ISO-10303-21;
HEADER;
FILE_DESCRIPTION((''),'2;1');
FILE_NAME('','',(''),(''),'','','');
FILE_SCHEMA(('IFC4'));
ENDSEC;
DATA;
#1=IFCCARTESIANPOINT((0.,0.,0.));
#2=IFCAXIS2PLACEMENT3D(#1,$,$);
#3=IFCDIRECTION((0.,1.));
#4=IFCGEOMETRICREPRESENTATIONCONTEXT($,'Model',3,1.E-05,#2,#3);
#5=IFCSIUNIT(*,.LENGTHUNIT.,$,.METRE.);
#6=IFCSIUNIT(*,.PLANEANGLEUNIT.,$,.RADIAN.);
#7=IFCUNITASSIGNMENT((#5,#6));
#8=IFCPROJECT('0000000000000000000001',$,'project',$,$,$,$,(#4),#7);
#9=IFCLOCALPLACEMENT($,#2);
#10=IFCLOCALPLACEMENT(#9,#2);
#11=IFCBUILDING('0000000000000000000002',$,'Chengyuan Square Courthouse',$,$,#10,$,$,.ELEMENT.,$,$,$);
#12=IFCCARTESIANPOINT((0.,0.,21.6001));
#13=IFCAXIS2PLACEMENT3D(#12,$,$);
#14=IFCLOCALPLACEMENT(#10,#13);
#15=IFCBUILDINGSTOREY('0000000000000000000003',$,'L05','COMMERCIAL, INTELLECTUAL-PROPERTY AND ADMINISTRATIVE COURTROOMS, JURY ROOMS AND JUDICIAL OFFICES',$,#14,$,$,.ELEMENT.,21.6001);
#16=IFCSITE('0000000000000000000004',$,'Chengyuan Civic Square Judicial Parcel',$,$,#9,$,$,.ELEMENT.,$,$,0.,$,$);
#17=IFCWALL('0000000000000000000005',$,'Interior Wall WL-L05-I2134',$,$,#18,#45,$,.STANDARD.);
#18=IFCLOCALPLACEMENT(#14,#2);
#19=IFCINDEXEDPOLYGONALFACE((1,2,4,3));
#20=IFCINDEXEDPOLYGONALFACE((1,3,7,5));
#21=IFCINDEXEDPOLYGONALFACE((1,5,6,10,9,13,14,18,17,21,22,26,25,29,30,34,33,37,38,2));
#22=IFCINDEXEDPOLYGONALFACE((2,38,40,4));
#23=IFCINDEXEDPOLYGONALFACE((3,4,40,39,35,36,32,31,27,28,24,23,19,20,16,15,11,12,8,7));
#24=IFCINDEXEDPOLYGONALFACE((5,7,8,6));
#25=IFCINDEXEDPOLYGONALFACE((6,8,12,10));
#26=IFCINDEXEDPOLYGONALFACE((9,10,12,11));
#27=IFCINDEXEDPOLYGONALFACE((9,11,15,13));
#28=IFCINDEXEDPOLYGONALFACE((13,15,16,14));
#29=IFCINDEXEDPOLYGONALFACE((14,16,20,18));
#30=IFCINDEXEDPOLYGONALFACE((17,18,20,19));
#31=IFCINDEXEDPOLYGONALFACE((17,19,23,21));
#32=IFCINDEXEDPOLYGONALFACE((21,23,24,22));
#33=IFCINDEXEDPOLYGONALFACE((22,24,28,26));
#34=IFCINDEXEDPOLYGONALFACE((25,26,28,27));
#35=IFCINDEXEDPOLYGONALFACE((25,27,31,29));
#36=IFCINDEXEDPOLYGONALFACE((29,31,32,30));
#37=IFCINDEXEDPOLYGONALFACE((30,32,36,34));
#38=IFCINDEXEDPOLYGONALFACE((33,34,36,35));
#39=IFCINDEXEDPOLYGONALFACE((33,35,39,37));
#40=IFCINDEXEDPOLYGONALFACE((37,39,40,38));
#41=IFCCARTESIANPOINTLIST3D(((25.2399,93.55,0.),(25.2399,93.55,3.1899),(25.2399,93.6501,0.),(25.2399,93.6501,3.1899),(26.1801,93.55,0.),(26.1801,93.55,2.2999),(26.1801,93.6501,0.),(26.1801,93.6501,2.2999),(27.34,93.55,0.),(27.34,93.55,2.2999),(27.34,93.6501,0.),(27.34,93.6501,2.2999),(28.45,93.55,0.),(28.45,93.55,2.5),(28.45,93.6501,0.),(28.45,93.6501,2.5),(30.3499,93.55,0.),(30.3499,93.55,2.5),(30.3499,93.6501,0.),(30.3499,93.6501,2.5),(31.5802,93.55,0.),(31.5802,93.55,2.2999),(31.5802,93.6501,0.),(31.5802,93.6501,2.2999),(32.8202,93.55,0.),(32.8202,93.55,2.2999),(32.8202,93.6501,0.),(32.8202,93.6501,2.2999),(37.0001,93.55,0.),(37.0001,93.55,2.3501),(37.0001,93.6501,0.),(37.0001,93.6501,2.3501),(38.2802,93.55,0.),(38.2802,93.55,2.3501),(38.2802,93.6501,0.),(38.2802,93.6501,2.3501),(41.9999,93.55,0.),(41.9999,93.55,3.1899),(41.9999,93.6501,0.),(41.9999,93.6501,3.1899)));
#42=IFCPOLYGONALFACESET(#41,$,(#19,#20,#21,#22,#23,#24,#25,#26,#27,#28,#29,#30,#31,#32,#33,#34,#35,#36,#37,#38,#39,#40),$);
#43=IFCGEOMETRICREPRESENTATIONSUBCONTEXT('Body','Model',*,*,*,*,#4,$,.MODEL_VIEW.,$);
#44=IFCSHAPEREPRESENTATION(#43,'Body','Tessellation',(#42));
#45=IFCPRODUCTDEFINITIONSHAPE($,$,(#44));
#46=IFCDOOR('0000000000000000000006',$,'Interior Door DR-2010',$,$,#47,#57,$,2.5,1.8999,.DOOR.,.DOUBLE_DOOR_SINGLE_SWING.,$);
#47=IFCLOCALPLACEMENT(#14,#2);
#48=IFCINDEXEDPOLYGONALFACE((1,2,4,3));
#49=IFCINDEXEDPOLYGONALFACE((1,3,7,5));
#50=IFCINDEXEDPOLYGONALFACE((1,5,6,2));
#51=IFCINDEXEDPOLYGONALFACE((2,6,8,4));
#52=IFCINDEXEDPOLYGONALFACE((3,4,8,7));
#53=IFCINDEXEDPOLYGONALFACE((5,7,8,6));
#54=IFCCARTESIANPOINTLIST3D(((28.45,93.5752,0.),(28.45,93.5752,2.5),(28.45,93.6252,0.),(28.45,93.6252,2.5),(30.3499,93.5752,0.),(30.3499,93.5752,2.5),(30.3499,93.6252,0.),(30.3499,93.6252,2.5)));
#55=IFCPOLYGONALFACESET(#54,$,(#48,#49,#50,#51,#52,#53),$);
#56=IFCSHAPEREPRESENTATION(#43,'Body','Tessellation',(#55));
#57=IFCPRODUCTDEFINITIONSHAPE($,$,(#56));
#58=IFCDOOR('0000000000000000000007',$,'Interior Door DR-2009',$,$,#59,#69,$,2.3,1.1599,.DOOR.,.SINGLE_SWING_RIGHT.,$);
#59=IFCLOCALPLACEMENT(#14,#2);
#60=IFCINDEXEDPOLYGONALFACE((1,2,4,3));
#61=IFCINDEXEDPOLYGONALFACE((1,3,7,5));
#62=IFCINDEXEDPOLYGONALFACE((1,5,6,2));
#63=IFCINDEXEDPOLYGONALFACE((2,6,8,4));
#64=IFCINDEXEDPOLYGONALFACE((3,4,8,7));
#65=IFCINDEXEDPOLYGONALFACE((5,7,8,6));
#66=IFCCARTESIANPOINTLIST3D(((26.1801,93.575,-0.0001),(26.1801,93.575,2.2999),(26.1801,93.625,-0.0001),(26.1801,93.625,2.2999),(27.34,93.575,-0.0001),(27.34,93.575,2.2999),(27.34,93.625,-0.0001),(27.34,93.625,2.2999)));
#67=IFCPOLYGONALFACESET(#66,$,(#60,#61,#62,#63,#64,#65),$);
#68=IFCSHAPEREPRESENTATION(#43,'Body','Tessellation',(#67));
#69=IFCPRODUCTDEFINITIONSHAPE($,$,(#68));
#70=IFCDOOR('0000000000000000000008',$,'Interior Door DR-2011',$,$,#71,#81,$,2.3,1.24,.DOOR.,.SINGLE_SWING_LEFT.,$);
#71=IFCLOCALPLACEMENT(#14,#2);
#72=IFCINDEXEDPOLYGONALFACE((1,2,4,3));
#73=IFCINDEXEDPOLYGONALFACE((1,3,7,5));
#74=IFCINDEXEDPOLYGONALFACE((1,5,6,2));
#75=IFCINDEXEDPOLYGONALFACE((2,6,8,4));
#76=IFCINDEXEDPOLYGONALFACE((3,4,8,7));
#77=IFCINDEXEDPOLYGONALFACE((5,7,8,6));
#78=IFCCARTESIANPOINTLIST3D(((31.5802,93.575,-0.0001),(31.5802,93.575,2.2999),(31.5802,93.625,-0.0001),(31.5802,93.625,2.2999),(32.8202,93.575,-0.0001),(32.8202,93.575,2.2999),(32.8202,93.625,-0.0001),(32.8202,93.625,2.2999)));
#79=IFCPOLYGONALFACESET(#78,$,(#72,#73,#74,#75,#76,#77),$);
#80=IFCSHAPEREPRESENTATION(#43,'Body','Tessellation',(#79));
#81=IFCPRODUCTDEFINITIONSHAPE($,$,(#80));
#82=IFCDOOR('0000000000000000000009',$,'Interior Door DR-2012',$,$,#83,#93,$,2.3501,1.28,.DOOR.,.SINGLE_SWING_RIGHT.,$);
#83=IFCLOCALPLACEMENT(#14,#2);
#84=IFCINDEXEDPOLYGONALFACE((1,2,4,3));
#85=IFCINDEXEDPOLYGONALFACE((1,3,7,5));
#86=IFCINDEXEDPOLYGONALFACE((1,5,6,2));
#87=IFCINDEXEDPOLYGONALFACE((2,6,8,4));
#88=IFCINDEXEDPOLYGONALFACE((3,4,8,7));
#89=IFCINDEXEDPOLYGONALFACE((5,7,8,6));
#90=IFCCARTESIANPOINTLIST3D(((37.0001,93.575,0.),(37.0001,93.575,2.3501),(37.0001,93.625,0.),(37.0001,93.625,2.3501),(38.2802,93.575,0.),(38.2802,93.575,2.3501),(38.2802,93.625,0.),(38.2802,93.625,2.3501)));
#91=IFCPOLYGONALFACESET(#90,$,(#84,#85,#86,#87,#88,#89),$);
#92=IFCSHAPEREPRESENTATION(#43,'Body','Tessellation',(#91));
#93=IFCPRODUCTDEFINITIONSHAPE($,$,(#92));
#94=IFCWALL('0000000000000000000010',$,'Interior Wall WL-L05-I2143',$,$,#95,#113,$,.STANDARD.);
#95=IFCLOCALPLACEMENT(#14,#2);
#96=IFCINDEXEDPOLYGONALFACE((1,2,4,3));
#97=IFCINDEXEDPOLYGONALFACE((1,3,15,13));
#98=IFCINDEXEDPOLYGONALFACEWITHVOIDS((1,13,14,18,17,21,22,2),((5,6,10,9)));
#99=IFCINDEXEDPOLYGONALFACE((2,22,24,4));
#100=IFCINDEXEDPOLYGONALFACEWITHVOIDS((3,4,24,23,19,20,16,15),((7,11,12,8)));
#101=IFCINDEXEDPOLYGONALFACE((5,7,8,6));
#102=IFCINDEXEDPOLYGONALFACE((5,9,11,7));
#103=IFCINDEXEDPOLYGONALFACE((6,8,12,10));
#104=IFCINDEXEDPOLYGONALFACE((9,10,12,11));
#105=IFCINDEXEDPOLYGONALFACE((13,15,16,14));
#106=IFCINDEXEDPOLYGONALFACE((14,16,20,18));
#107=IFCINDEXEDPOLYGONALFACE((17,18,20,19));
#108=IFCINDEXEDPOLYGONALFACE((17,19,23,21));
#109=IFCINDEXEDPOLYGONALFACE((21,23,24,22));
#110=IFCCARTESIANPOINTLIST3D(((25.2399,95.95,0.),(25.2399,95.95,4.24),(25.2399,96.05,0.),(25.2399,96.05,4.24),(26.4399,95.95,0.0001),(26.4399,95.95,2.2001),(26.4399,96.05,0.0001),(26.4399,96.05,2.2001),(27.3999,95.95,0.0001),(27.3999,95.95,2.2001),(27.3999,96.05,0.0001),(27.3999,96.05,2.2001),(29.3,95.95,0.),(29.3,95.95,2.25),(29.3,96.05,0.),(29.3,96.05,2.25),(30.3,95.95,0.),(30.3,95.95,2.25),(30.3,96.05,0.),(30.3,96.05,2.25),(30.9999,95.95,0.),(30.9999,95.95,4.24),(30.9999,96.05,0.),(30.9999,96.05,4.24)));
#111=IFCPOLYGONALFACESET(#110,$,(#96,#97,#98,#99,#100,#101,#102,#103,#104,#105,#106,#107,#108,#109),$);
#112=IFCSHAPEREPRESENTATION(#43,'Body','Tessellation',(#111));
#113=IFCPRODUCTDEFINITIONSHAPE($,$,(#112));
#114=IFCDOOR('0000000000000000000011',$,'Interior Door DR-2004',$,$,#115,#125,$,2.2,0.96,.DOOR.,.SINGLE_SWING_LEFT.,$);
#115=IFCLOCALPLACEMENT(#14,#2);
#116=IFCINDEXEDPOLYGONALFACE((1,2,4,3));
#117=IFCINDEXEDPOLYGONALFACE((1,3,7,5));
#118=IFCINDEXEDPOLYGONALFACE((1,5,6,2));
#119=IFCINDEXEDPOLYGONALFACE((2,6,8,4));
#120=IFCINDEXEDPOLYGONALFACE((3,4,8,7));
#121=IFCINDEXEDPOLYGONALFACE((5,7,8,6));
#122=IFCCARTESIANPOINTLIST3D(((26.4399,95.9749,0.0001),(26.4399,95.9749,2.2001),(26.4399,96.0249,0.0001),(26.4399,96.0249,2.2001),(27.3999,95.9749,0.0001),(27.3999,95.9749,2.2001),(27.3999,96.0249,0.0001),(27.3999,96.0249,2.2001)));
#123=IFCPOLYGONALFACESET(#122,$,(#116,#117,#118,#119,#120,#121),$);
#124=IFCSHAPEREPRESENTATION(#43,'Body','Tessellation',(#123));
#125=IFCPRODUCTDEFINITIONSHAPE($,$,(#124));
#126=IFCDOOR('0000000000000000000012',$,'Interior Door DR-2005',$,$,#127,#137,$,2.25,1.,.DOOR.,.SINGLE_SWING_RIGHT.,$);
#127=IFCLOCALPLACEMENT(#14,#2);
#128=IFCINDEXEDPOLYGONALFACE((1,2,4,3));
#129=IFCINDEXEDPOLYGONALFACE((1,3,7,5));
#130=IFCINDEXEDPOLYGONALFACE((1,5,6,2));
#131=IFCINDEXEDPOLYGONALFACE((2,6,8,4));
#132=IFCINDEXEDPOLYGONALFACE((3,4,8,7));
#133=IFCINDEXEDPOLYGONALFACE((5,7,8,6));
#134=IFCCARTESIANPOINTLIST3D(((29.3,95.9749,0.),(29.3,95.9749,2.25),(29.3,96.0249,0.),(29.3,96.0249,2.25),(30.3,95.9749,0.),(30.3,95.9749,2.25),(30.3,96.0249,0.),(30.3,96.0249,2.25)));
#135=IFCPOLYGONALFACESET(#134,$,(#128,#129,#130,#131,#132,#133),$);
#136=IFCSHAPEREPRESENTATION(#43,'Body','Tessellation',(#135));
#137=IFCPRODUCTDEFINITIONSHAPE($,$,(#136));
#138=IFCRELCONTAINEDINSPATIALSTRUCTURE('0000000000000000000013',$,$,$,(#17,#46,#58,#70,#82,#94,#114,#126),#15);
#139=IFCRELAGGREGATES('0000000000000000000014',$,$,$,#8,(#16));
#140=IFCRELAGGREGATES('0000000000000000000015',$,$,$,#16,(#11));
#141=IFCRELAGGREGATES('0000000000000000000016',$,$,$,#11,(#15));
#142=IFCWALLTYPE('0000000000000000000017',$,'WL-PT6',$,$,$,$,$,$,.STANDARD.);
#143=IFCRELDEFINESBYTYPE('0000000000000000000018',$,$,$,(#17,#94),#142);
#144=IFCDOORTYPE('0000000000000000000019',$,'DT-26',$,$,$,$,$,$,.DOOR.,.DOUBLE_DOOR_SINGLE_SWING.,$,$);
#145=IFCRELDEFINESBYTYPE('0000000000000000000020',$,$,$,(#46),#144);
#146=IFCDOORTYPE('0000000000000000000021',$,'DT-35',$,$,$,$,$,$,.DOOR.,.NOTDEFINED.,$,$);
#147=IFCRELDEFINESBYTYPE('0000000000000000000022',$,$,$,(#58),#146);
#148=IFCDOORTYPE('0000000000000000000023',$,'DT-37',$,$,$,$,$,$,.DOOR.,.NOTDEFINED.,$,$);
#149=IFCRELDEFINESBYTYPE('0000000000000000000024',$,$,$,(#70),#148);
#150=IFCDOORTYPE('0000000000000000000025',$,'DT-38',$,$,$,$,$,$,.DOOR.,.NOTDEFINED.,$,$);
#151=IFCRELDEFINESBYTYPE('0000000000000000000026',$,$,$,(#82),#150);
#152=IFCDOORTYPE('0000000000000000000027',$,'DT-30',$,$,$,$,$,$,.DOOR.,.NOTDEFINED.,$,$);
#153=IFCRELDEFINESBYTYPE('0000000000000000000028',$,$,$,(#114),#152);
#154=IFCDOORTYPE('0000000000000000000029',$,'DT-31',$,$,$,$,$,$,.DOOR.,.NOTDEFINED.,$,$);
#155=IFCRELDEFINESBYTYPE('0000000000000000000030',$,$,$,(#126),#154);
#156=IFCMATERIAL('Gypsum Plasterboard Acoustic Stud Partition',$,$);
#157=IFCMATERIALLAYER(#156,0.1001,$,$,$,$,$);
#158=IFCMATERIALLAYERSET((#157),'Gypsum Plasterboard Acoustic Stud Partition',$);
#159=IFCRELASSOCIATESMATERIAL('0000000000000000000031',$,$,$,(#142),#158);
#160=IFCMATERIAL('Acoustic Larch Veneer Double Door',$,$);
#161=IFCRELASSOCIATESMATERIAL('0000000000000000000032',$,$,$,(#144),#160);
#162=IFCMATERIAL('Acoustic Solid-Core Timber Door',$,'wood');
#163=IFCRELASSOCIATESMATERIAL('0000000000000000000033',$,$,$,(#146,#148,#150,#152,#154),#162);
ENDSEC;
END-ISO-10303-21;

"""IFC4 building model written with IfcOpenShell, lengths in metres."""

from ifc_helpers import new_model, si_unit, direction, frame, frame_2d, origin, place, context, subcontext, project, spatial, rectangle, extrude, material, layer, layer_set, type_object, element, fill, save


model = new_model("IFC4")

# Units and contexts
model_context = context("Model", 3, precision=1e-05, world=origin(), true_north=direction((0.0, 1.0)))
body_context = subcontext(model_context, "Body", "Model", "MODEL_VIEW")
ifc_project = project(units=[si_unit("LENGTHUNIT", "METRE"), si_unit("PLANEANGLEUNIT", "RADIAN")], contexts=[model_context])

# Site, building, storey
site_placement = place(None, origin())
site = spatial("IfcSite", under=ifc_project, at=site_placement, Name="Chengyuan Civic Square Judicial Parcel", CompositionType="ELEMENT", RefElevation=0.0)
building_placement = place(site_placement, origin())
building = spatial("IfcBuilding", under=site, at=building_placement, Name="Chengyuan Square Courthouse", CompositionType="ELEMENT")
storey_placement = place(building_placement, frame((0.0, 0.0, 21.6001)))
storey = spatial("IfcBuildingStorey", under=building, at=storey_placement, Name="L05", Description="COMMERCIAL, INTELLECTUAL-PROPERTY AND ADMINISTRATIVE COURTROOMS, JURY ROOMS AND JUDICIAL OFFICES", CompositionType="ELEMENT", Elevation=21.6001)

# Walls, openings, doors
ifc_material_1 = material(Name="Gypsum Plasterboard Acoustic Stud Partition")
ifc_layer_1 = layer(ifc_material_1, 0.1001)
ifc_layer_set_1 = layer_set([ifc_layer_1], Name="Gypsum Plasterboard Acoustic Stud Partition")
wall_type_1 = type_object("IfcWallType", Name="WL-PT6", PredefinedType="STANDARD", material=ifc_layer_set_1)
wall_1_placement = place(storey_placement, frame((25.24, 93.6001, 0.0), z_axis=(0.0, 0.0, 1.0), x_axis=(1.0, 0.0, 0.0)))
wall_1 = element("IfcWall", 1, at=wall_1_placement, inside=storey, type_object=wall_type_1, Name="Interior Wall WL-L05-I2134", PredefinedType="STANDARD", context=body_context, shape_type="SweptSolid", body=[
    extrude(rectangle(XDim=16.76, YDim=0.1001, at=frame_2d((8.3799, 0.0))), origin(), (0.0, 0.0, 1.0), 3.1899),
])
opening_1_placement = place(wall_1_placement, frame((0.9399, 0.0, 0.0)))
opening_1 = element("IfcOpeningElement", 2, at=opening_1_placement, cuts=wall_1, PredefinedType="OPENING", context=body_context, shape_type="SweptSolid", body=[
    extrude(rectangle(XDim=1.1599, YDim=2.3, at=frame_2d((0.5801, 1.1499))), frame((0.0, 0.062, 0.0), z_axis=(0.0, -1.0, 0.0), x_axis=(1.0, 0.0, 0.0)), (0.0, 0.0, 1.0), 0.124),
])
opening_2_placement = place(wall_1_placement, frame((3.21, 0.0, 0.0)))
opening_2 = element("IfcOpeningElement", 3, at=opening_2_placement, cuts=wall_1, PredefinedType="OPENING", context=body_context, shape_type="SweptSolid", body=[
    extrude(rectangle(XDim=1.8999, YDim=2.5, at=frame_2d((0.95, 1.25))), frame((0.0, 0.062, 0.0), z_axis=(0.0, -1.0, 0.0), x_axis=(1.0, 0.0, 0.0)), (0.0, 0.0, 1.0), 0.124),
])
opening_3_placement = place(wall_1_placement, frame((6.3401, 0.0, 0.0)))
opening_3 = element("IfcOpeningElement", 4, at=opening_3_placement, cuts=wall_1, PredefinedType="OPENING", context=body_context, shape_type="SweptSolid", body=[
    extrude(rectangle(XDim=1.24, YDim=2.3, at=frame_2d((0.6201, 1.1499))), frame((0.0, 0.062, 0.0), z_axis=(0.0, -1.0, 0.0), x_axis=(1.0, 0.0, 0.0)), (0.0, 0.0, 1.0), 0.124),
])
opening_4_placement = place(wall_1_placement, frame((11.76, 0.0, 0.0)))
opening_4 = element("IfcOpeningElement", 5, at=opening_4_placement, cuts=wall_1, PredefinedType="OPENING", context=body_context, shape_type="SweptSolid", body=[
    extrude(rectangle(XDim=1.28, YDim=2.3501, at=frame_2d((0.6401, 1.175))), frame((0.0, 0.062, 0.0), z_axis=(0.0, -1.0, 0.0), x_axis=(1.0, 0.0, 0.0)), (0.0, 0.0, 1.0), 0.124),
])
ifc_material_2 = material(Name="Acoustic Larch Veneer Double Door")
door_type_1 = type_object("IfcDoorType", Name="DT-26", OperationType="DOUBLE_DOOR_SINGLE_SWING", PredefinedType="DOOR", material=ifc_material_2)
door_1_placement = place(opening_2_placement, frame((1.8999, 0.0, 0.0), z_axis=(0.0, 0.0, 1.0), x_axis=(-1.0, 0.0, 0.0)))
door_1 = element("IfcDoor", 6, at=door_1_placement, inside=storey, type_object=door_type_1, Name="Interior Door DR-2010", OperationType="DOUBLE_DOOR_SINGLE_SWING", OverallHeight=2.5, OverallWidth=1.8999, PredefinedType="DOOR", context=body_context, shape_type="SweptSolid", body=[
    extrude(rectangle(XDim=1.8999, YDim=2.5, at=frame_2d((0.95, 1.25))), frame((0.0, 0.0249, 0.0), z_axis=(0.0, -1.0, 0.0), x_axis=(1.0, 0.0, 0.0)), (0.0, 0.0, 1.0), 0.05),
])
fill(opening_2, door_1)
ifc_material_3 = material(Name="Acoustic Solid-Core Timber Door", Category="wood")
door_type_2 = type_object("IfcDoorType", Name="DT-35", OperationType="NOTDEFINED", PredefinedType="DOOR", material=ifc_material_3)
door_2_placement = place(opening_1_placement, origin())
door_2 = element("IfcDoor", 7, at=door_2_placement, inside=storey, type_object=door_type_2, Name="Interior Door DR-2009", OperationType="SINGLE_SWING_RIGHT", OverallHeight=2.3, OverallWidth=1.1599, PredefinedType="DOOR", context=body_context, shape_type="SweptSolid", body=[
    extrude(rectangle(XDim=1.1599, YDim=2.3, at=frame_2d((0.5801, 1.1499))), frame((0.0, 0.0249, 0.0), z_axis=(0.0, -1.0, 0.0), x_axis=(1.0, 0.0, 0.0)), (0.0, 0.0, 1.0), 0.05),
])
fill(opening_1, door_2)
door_type_3 = type_object("IfcDoorType", Name="DT-37", OperationType="NOTDEFINED", PredefinedType="DOOR", material=ifc_material_3)
door_3_placement = place(opening_3_placement, origin())
door_3 = element("IfcDoor", 8, at=door_3_placement, inside=storey, type_object=door_type_3, Name="Interior Door DR-2011", OperationType="SINGLE_SWING_LEFT", OverallHeight=2.3, OverallWidth=1.24, PredefinedType="DOOR", context=body_context, shape_type="SweptSolid", body=[
    extrude(rectangle(XDim=1.24, YDim=2.3, at=frame_2d((0.6201, 1.1499))), frame((0.0, 0.0249, 0.0), z_axis=(0.0, -1.0, 0.0), x_axis=(1.0, 0.0, 0.0)), (0.0, 0.0, 1.0), 0.05),
])
fill(opening_3, door_3)
door_type_4 = type_object("IfcDoorType", Name="DT-38", OperationType="NOTDEFINED", PredefinedType="DOOR", material=ifc_material_3)
door_4_placement = place(opening_4_placement, origin())
door_4 = element("IfcDoor", 9, at=door_4_placement, inside=storey, type_object=door_type_4, Name="Interior Door DR-2012", OperationType="SINGLE_SWING_RIGHT", OverallHeight=2.3501, OverallWidth=1.28, PredefinedType="DOOR", context=body_context, shape_type="SweptSolid", body=[
    extrude(rectangle(XDim=1.28, YDim=2.3501, at=frame_2d((0.6401, 1.175))), frame((0.0, 0.0249, 0.0), z_axis=(0.0, -1.0, 0.0), x_axis=(1.0, 0.0, 0.0)), (0.0, 0.0, 1.0), 0.05),
])
fill(opening_4, door_4)
wall_2_placement = place(storey_placement, frame((25.24, 96.0, 0.0), z_axis=(0.0, 0.0, 1.0), x_axis=(1.0, 0.0, 0.0)))
wall_2 = element("IfcWall", 10, at=wall_2_placement, inside=storey, type_object=wall_type_1, Name="Interior Wall WL-L05-I2143", PredefinedType="STANDARD", context=body_context, shape_type="SweptSolid", body=[
    extrude(rectangle(XDim=5.76, YDim=0.1001, at=frame_2d((2.8799, 0.0))), origin(), (0.0, 0.0, 1.0), 4.24),
])
opening_5_placement = place(wall_2_placement, frame((1.2, 0.0, 0.0)))
opening_5 = element("IfcOpeningElement", 11, at=opening_5_placement, cuts=wall_2, PredefinedType="OPENING", context=body_context, shape_type="SweptSolid", body=[
    extrude(rectangle(XDim=0.96, YDim=2.2, at=frame_2d((0.48, 1.1001))), frame((0.0, 0.062, 0.0), z_axis=(0.0, -1.0, 0.0), x_axis=(1.0, 0.0, 0.0)), (0.0, 0.0, 1.0), 0.124),
])
opening_6_placement = place(wall_2_placement, frame((4.0601, 0.0, 0.0)))
opening_6 = element("IfcOpeningElement", 12, at=opening_6_placement, cuts=wall_2, PredefinedType="OPENING", context=body_context, shape_type="SweptSolid", body=[
    extrude(rectangle(XDim=1.0, YDim=2.25, at=frame_2d((0.5, 1.125))), frame((0.0, 0.062, 0.0), z_axis=(0.0, -1.0, 0.0), x_axis=(1.0, 0.0, 0.0)), (0.0, 0.0, 1.0), 0.124),
])
door_type_5 = type_object("IfcDoorType", Name="DT-30", OperationType="NOTDEFINED", PredefinedType="DOOR", material=ifc_material_3)
door_5_placement = place(opening_5_placement, origin())
door_5 = element("IfcDoor", 13, at=door_5_placement, inside=storey, type_object=door_type_5, Name="Interior Door DR-2004", OperationType="SINGLE_SWING_LEFT", OverallHeight=2.2, OverallWidth=0.96, PredefinedType="DOOR", context=body_context, shape_type="SweptSolid", body=[
    extrude(rectangle(XDim=0.96, YDim=2.2, at=frame_2d((0.48, 1.1001))), frame((0.0, 0.0249, 0.0), z_axis=(0.0, -1.0, 0.0), x_axis=(1.0, 0.0, 0.0)), (0.0, 0.0, 1.0), 0.05),
])
fill(opening_5, door_5)
door_type_6 = type_object("IfcDoorType", Name="DT-31", OperationType="NOTDEFINED", PredefinedType="DOOR", material=ifc_material_3)
door_6_placement = place(opening_6_placement, origin())
door_6 = element("IfcDoor", 14, at=door_6_placement, inside=storey, type_object=door_type_6, Name="Interior Door DR-2005", OperationType="SINGLE_SWING_RIGHT", OverallHeight=2.25, OverallWidth=1.0, PredefinedType="DOOR", context=body_context, shape_type="SweptSolid", body=[
    extrude(rectangle(XDim=1.0, YDim=2.25, at=frame_2d((0.5, 1.125))), frame((0.0, 0.0249, 0.0), z_axis=(0.0, -1.0, 0.0), x_axis=(1.0, 0.0, 0.0)), (0.0, 0.0, 1.0), 0.05),
])
fill(opening_6, door_6)

save(model, "model.ifc")
